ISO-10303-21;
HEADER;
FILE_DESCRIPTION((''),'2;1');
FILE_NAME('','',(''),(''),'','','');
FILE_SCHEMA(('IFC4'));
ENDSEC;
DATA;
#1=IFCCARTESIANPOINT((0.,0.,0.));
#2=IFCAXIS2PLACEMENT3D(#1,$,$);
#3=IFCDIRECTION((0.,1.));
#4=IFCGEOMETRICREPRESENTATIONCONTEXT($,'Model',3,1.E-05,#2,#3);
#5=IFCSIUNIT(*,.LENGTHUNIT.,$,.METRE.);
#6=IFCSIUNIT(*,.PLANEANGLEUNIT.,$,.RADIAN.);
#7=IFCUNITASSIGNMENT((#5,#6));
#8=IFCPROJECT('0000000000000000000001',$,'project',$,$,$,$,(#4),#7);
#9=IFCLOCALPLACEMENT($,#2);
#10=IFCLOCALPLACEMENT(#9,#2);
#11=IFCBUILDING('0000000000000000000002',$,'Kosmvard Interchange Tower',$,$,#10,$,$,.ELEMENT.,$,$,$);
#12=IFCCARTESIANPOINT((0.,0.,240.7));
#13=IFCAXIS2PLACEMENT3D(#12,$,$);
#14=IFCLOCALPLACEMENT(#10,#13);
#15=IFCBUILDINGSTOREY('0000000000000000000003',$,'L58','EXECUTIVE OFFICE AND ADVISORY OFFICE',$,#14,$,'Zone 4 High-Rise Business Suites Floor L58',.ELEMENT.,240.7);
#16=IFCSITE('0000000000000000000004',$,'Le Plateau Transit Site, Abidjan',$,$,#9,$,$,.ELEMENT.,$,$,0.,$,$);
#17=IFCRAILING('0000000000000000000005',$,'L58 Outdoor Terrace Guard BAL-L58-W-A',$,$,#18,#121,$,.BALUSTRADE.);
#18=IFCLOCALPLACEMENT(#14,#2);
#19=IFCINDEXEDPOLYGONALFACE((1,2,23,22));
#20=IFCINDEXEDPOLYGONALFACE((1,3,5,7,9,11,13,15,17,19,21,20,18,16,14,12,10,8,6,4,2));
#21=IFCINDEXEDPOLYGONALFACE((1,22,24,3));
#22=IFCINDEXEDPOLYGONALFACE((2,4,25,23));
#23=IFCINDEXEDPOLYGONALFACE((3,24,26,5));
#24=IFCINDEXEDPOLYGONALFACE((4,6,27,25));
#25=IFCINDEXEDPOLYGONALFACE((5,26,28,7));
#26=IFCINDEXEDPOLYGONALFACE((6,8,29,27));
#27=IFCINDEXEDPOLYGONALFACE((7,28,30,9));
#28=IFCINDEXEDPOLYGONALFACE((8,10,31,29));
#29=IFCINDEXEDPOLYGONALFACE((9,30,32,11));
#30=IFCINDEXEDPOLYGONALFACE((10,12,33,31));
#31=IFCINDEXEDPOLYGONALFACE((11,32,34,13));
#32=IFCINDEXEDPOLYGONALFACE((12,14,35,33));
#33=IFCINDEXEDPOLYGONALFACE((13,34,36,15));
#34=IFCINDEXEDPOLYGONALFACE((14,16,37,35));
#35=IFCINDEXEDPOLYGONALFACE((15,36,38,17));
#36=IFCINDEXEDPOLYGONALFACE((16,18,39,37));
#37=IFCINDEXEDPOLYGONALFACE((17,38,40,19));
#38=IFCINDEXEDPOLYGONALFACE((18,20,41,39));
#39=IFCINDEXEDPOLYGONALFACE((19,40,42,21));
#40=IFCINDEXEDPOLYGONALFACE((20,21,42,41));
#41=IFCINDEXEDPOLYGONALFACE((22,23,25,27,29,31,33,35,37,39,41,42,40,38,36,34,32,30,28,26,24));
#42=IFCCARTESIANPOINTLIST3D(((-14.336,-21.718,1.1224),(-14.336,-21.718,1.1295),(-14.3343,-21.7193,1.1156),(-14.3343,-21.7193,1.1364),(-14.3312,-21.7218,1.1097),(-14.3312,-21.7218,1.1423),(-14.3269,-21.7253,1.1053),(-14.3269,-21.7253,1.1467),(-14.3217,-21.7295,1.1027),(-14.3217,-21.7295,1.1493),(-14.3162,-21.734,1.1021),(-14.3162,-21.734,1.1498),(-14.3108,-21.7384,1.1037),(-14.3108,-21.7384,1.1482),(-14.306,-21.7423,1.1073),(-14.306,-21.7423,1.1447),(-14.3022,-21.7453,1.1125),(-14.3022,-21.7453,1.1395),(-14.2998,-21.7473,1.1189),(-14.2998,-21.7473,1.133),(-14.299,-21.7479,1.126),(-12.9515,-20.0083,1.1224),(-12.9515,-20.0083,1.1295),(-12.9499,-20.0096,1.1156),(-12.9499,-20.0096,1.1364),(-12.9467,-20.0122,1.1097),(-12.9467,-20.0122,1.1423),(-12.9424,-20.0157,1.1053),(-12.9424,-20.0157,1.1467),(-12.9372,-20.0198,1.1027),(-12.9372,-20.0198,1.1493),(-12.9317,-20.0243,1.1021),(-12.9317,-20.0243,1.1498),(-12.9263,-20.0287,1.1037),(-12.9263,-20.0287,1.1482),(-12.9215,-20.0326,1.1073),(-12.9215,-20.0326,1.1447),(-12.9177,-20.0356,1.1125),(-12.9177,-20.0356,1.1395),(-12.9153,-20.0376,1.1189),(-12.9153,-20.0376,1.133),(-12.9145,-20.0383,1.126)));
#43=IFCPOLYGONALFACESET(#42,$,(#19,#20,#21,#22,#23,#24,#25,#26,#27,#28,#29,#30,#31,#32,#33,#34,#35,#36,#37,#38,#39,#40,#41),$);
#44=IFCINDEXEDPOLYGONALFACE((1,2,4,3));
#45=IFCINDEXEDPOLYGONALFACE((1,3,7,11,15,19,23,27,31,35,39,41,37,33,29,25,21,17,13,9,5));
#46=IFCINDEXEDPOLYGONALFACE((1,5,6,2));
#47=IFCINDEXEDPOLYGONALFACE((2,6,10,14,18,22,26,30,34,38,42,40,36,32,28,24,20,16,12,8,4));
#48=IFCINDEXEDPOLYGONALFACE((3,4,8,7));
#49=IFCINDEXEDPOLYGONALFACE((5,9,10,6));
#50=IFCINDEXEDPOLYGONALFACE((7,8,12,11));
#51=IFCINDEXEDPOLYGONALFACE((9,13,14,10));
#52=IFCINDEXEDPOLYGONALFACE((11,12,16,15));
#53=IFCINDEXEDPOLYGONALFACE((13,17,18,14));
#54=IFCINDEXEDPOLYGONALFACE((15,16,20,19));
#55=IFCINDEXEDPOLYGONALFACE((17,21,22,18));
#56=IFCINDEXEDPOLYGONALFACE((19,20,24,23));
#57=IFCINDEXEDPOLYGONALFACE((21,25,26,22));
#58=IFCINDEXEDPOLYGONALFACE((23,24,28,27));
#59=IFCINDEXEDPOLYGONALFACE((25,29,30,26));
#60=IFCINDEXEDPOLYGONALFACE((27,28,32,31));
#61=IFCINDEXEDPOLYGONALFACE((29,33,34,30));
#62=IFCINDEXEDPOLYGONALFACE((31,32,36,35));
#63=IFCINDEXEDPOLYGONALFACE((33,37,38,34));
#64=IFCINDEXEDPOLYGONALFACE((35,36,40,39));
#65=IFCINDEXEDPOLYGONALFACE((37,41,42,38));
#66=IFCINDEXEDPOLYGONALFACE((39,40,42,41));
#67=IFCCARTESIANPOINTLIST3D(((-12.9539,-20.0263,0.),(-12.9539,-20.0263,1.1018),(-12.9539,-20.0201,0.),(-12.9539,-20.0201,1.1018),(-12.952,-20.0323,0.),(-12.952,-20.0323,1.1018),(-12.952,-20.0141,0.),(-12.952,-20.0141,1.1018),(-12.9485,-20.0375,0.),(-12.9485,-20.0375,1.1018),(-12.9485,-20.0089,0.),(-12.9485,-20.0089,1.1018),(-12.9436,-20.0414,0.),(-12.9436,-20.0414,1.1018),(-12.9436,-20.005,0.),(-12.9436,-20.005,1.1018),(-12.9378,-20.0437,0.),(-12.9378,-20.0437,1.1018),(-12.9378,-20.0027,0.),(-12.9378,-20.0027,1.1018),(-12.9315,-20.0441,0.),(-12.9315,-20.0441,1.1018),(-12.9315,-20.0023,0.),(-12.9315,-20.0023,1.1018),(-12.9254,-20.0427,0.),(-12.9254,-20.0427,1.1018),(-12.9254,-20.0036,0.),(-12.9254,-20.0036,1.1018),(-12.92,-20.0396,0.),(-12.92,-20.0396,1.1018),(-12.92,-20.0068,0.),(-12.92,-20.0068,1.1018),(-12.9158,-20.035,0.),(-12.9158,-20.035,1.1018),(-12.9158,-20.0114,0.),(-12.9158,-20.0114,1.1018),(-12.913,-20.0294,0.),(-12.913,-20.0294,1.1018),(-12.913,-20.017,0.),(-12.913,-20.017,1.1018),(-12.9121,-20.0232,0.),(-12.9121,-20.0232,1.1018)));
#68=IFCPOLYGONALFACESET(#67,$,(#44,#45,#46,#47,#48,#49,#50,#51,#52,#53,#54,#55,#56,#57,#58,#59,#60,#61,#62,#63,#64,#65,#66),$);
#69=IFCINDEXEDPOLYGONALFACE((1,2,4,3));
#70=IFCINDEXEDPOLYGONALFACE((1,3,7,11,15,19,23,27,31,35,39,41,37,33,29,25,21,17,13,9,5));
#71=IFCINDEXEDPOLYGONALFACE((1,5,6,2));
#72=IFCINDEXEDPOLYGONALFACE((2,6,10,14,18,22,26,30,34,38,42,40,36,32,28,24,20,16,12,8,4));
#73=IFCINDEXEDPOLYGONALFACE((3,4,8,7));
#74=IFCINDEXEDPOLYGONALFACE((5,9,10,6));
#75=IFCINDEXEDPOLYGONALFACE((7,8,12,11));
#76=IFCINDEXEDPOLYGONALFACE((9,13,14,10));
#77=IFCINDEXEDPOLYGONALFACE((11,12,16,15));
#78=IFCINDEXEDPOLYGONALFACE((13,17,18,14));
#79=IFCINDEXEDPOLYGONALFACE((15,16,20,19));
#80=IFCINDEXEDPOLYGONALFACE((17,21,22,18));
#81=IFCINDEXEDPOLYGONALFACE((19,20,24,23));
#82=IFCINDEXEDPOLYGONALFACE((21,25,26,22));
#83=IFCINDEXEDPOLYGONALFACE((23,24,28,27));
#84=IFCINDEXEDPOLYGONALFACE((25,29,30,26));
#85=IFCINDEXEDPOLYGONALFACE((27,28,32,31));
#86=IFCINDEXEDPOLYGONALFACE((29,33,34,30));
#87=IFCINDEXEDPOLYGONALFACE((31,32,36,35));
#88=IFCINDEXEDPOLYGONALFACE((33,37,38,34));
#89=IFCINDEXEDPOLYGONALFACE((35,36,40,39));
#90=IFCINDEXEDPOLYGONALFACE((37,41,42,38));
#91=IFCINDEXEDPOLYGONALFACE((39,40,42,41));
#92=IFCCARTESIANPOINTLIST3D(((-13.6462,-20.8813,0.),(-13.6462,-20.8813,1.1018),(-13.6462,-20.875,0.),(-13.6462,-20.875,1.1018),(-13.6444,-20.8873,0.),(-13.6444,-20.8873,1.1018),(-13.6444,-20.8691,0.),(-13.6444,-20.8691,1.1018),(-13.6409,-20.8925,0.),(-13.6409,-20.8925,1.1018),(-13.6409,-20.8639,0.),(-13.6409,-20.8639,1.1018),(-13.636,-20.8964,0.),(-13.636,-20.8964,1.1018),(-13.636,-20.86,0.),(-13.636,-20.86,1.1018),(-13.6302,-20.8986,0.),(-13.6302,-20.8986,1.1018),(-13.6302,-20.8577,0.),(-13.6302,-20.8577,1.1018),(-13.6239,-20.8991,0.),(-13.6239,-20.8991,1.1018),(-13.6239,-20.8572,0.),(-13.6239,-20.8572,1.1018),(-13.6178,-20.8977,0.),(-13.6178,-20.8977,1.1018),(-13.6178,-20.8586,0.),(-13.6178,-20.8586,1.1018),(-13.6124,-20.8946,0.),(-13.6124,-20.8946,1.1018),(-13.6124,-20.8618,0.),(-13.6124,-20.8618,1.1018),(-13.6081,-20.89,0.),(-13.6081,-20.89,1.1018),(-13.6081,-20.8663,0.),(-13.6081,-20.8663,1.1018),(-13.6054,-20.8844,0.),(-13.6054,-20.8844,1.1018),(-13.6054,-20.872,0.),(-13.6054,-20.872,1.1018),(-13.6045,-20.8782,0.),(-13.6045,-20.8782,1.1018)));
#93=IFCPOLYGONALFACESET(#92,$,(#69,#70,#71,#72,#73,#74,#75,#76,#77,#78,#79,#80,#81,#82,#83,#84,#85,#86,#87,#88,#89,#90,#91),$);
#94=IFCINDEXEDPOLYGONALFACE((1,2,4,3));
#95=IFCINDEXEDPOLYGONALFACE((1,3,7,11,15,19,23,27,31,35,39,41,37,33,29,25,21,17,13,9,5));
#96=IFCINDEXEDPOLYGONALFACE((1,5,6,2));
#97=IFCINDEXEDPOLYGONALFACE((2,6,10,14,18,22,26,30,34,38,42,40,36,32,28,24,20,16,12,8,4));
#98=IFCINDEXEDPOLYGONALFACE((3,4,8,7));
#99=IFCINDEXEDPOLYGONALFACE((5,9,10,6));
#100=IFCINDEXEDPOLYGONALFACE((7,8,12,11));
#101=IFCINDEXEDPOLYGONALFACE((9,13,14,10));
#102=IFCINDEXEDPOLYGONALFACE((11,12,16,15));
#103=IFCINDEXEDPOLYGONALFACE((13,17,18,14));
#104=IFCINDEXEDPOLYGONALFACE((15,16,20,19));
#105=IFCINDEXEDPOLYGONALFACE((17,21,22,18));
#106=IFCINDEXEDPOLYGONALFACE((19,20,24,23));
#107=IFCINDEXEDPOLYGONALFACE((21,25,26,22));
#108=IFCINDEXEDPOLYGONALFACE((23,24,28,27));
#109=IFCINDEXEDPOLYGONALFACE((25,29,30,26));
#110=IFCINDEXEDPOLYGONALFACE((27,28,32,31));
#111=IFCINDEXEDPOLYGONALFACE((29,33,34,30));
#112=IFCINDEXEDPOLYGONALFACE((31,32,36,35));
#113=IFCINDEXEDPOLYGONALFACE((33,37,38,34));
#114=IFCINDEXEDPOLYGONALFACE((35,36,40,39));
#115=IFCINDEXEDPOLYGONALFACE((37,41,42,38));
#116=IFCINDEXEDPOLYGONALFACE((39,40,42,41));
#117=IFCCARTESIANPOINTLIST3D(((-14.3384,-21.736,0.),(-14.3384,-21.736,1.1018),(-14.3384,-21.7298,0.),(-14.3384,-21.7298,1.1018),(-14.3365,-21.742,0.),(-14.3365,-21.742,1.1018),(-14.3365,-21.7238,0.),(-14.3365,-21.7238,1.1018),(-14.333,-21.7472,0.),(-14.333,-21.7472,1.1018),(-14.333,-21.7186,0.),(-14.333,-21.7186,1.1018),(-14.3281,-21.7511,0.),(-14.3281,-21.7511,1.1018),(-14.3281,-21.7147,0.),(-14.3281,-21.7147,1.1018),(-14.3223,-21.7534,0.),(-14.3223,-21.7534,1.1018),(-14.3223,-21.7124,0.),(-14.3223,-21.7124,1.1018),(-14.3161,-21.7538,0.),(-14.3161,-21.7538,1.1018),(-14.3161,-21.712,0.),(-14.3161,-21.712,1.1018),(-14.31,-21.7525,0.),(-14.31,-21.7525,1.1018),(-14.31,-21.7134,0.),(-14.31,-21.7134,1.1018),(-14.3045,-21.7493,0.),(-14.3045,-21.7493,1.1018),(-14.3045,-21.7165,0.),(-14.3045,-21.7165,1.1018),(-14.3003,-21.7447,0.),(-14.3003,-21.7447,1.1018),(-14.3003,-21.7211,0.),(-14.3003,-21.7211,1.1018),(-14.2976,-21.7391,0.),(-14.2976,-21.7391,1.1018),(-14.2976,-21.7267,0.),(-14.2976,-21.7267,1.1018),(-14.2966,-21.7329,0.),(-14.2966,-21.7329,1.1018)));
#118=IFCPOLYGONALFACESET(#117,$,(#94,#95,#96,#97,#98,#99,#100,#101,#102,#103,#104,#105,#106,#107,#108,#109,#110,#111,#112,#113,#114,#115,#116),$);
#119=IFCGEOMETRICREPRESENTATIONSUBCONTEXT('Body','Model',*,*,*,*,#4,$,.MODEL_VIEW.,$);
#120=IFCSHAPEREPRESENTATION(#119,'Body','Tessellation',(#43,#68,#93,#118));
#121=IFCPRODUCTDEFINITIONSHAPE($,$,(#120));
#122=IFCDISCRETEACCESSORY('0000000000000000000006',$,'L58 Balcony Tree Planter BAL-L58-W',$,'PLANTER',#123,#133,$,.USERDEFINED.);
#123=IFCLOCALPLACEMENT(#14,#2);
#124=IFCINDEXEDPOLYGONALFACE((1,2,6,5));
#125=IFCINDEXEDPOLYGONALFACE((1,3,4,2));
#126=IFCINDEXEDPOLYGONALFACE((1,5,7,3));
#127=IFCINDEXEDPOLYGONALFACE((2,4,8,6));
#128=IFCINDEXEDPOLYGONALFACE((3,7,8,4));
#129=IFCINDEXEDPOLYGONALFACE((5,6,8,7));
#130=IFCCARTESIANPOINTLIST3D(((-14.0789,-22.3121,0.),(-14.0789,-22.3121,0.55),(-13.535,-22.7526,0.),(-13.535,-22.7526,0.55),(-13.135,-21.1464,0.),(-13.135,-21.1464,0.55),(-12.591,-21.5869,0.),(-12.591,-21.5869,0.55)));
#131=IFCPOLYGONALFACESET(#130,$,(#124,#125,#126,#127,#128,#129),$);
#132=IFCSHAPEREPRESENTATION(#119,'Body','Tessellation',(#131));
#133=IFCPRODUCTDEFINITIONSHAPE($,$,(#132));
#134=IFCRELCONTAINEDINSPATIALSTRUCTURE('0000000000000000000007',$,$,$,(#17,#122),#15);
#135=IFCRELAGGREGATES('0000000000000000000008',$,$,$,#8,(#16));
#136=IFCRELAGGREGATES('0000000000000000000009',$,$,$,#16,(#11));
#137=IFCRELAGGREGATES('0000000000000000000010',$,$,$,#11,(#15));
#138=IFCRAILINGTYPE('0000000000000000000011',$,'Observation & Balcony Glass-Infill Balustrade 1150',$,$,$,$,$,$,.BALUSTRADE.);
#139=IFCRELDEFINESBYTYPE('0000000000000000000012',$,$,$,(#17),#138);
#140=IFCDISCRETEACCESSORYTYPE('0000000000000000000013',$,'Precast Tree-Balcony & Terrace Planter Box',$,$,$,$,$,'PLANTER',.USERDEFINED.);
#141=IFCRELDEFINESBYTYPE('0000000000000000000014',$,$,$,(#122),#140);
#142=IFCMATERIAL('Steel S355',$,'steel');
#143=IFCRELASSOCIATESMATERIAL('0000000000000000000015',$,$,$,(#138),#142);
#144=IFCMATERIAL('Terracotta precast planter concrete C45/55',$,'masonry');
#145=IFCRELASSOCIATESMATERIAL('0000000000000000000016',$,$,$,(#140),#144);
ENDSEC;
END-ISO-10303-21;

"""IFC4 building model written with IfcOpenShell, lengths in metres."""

from ifc_helpers import new_model, si_unit, direction, frame, origin, origin_2d, place, context, subcontext, project, spatial, rectangle, circle, extrude, source, transform, mapped, material, type_object, element, save


model = new_model("IFC4")

# Units and contexts
model_context = context("Model", 3, precision=1e-05, world=origin(), true_north=direction((0.0, 1.0)))
body_context = subcontext(model_context, "Body", "Model", "MODEL_VIEW")
ifc_project = project(units=[si_unit("LENGTHUNIT", "METRE"), si_unit("PLANEANGLEUNIT", "RADIAN")], contexts=[model_context])

# Site, building, storey
site_placement = place(None, origin())
site = spatial("IfcSite", under=ifc_project, at=site_placement, Name="Le Plateau Transit Site, Abidjan", CompositionType="ELEMENT", RefElevation=0.0)
building_placement = place(site_placement, origin())
building = spatial("IfcBuilding", under=site, at=building_placement, Name="Kosmvard Interchange Tower", CompositionType="ELEMENT")
storey_placement = place(building_placement, frame((0.0, 0.0, 240.7)))
storey = spatial("IfcBuildingStorey", under=building, at=storey_placement, Name="L58", Description="EXECUTIVE OFFICE AND ADVISORY OFFICE", LongName="Zone 4 High-Rise Business Suites Floor L58", CompositionType="ELEMENT", Elevation=240.7)

# Shared definitions
ifc_material_1 = material(Name="Steel S355", Category="steel")

# Railing
railing_type = type_object("IfcRailingType", Name="Observation & Balcony Glass-Infill Balustrade 1150", PredefinedType="BALUSTRADE", material=ifc_material_1)
shared_shape_1 = source(origin(), body_context, "Body", "SweptSolid", [
    extrude(circle(Radius=0.0239, at=origin_2d()), frame((0.0, 0.0, 1.126), z_axis=(-0.629326, -0.777141, 0.0), x_axis=(0.777141, -0.629326, 0.0)), (0.0, 0.0, 1.0), 2.2),
    extrude(circle(Radius=0.021, at=origin_2d()), origin(), (0.0, 0.0, 1.0), 1.1018),
    extrude(circle(Radius=0.021, at=origin_2d()), frame((-0.6924, -0.855, 0.0)), (0.0, 0.0, 1.0), 1.1018),
    extrude(circle(Radius=0.021, at=origin_2d()), frame((-1.3845, -1.7097, 0.0)), (0.0, 0.0, 1.0), 1.1018),
])
railing_1_placement = place(storey_placement, frame((-12.9331, -20.0232, 0.0)))
element("IfcRailing", 1, at=railing_1_placement, inside=storey, type_object=railing_type, Name="L58 Outdoor Terrace Guard BAL-L58-W-A", PredefinedType="BALUSTRADE", context=body_context, shape_type="MappedRepresentation", body=[
    mapped(shared_shape_1, transform((0.0, 0.0, 0.0), scale=1.0)),
])

# Discrete accessory
ifc_material_2 = material(Name="Terracotta precast planter concrete C45/55", Category="masonry")
discrete_accessory_type = type_object("IfcDiscreteAccessoryType", Name="Precast Tree-Balcony & Terrace Planter Box", ElementType="PLANTER", PredefinedType="USERDEFINED", material=ifc_material_2)
shared_shape_2 = source(origin(), body_context, "Body", "SweptSolid", [
    extrude(rectangle(XDim=1.5, YDim=0.7, at=origin_2d()), origin(), (0.0, 0.0, 1.0), 0.55),
])
discrete_accessory_placement = place(storey_placement, frame((-13.335, -21.9495, 0.0), z_axis=(0.0, 0.0, 1.0), x_axis=(0.62932, 0.777146, 0.0)))
element("IfcDiscreteAccessory", 2, at=discrete_accessory_placement, inside=storey, type_object=discrete_accessory_type, Name="L58 Balcony Tree Planter BAL-L58-W", ObjectType="PLANTER", PredefinedType="USERDEFINED", context=body_context, shape_type="MappedRepresentation", body=[
    mapped(shared_shape_2, transform((0.0, 0.0, 0.0), scale=1.0)),
])

save(model, "model.ifc")
